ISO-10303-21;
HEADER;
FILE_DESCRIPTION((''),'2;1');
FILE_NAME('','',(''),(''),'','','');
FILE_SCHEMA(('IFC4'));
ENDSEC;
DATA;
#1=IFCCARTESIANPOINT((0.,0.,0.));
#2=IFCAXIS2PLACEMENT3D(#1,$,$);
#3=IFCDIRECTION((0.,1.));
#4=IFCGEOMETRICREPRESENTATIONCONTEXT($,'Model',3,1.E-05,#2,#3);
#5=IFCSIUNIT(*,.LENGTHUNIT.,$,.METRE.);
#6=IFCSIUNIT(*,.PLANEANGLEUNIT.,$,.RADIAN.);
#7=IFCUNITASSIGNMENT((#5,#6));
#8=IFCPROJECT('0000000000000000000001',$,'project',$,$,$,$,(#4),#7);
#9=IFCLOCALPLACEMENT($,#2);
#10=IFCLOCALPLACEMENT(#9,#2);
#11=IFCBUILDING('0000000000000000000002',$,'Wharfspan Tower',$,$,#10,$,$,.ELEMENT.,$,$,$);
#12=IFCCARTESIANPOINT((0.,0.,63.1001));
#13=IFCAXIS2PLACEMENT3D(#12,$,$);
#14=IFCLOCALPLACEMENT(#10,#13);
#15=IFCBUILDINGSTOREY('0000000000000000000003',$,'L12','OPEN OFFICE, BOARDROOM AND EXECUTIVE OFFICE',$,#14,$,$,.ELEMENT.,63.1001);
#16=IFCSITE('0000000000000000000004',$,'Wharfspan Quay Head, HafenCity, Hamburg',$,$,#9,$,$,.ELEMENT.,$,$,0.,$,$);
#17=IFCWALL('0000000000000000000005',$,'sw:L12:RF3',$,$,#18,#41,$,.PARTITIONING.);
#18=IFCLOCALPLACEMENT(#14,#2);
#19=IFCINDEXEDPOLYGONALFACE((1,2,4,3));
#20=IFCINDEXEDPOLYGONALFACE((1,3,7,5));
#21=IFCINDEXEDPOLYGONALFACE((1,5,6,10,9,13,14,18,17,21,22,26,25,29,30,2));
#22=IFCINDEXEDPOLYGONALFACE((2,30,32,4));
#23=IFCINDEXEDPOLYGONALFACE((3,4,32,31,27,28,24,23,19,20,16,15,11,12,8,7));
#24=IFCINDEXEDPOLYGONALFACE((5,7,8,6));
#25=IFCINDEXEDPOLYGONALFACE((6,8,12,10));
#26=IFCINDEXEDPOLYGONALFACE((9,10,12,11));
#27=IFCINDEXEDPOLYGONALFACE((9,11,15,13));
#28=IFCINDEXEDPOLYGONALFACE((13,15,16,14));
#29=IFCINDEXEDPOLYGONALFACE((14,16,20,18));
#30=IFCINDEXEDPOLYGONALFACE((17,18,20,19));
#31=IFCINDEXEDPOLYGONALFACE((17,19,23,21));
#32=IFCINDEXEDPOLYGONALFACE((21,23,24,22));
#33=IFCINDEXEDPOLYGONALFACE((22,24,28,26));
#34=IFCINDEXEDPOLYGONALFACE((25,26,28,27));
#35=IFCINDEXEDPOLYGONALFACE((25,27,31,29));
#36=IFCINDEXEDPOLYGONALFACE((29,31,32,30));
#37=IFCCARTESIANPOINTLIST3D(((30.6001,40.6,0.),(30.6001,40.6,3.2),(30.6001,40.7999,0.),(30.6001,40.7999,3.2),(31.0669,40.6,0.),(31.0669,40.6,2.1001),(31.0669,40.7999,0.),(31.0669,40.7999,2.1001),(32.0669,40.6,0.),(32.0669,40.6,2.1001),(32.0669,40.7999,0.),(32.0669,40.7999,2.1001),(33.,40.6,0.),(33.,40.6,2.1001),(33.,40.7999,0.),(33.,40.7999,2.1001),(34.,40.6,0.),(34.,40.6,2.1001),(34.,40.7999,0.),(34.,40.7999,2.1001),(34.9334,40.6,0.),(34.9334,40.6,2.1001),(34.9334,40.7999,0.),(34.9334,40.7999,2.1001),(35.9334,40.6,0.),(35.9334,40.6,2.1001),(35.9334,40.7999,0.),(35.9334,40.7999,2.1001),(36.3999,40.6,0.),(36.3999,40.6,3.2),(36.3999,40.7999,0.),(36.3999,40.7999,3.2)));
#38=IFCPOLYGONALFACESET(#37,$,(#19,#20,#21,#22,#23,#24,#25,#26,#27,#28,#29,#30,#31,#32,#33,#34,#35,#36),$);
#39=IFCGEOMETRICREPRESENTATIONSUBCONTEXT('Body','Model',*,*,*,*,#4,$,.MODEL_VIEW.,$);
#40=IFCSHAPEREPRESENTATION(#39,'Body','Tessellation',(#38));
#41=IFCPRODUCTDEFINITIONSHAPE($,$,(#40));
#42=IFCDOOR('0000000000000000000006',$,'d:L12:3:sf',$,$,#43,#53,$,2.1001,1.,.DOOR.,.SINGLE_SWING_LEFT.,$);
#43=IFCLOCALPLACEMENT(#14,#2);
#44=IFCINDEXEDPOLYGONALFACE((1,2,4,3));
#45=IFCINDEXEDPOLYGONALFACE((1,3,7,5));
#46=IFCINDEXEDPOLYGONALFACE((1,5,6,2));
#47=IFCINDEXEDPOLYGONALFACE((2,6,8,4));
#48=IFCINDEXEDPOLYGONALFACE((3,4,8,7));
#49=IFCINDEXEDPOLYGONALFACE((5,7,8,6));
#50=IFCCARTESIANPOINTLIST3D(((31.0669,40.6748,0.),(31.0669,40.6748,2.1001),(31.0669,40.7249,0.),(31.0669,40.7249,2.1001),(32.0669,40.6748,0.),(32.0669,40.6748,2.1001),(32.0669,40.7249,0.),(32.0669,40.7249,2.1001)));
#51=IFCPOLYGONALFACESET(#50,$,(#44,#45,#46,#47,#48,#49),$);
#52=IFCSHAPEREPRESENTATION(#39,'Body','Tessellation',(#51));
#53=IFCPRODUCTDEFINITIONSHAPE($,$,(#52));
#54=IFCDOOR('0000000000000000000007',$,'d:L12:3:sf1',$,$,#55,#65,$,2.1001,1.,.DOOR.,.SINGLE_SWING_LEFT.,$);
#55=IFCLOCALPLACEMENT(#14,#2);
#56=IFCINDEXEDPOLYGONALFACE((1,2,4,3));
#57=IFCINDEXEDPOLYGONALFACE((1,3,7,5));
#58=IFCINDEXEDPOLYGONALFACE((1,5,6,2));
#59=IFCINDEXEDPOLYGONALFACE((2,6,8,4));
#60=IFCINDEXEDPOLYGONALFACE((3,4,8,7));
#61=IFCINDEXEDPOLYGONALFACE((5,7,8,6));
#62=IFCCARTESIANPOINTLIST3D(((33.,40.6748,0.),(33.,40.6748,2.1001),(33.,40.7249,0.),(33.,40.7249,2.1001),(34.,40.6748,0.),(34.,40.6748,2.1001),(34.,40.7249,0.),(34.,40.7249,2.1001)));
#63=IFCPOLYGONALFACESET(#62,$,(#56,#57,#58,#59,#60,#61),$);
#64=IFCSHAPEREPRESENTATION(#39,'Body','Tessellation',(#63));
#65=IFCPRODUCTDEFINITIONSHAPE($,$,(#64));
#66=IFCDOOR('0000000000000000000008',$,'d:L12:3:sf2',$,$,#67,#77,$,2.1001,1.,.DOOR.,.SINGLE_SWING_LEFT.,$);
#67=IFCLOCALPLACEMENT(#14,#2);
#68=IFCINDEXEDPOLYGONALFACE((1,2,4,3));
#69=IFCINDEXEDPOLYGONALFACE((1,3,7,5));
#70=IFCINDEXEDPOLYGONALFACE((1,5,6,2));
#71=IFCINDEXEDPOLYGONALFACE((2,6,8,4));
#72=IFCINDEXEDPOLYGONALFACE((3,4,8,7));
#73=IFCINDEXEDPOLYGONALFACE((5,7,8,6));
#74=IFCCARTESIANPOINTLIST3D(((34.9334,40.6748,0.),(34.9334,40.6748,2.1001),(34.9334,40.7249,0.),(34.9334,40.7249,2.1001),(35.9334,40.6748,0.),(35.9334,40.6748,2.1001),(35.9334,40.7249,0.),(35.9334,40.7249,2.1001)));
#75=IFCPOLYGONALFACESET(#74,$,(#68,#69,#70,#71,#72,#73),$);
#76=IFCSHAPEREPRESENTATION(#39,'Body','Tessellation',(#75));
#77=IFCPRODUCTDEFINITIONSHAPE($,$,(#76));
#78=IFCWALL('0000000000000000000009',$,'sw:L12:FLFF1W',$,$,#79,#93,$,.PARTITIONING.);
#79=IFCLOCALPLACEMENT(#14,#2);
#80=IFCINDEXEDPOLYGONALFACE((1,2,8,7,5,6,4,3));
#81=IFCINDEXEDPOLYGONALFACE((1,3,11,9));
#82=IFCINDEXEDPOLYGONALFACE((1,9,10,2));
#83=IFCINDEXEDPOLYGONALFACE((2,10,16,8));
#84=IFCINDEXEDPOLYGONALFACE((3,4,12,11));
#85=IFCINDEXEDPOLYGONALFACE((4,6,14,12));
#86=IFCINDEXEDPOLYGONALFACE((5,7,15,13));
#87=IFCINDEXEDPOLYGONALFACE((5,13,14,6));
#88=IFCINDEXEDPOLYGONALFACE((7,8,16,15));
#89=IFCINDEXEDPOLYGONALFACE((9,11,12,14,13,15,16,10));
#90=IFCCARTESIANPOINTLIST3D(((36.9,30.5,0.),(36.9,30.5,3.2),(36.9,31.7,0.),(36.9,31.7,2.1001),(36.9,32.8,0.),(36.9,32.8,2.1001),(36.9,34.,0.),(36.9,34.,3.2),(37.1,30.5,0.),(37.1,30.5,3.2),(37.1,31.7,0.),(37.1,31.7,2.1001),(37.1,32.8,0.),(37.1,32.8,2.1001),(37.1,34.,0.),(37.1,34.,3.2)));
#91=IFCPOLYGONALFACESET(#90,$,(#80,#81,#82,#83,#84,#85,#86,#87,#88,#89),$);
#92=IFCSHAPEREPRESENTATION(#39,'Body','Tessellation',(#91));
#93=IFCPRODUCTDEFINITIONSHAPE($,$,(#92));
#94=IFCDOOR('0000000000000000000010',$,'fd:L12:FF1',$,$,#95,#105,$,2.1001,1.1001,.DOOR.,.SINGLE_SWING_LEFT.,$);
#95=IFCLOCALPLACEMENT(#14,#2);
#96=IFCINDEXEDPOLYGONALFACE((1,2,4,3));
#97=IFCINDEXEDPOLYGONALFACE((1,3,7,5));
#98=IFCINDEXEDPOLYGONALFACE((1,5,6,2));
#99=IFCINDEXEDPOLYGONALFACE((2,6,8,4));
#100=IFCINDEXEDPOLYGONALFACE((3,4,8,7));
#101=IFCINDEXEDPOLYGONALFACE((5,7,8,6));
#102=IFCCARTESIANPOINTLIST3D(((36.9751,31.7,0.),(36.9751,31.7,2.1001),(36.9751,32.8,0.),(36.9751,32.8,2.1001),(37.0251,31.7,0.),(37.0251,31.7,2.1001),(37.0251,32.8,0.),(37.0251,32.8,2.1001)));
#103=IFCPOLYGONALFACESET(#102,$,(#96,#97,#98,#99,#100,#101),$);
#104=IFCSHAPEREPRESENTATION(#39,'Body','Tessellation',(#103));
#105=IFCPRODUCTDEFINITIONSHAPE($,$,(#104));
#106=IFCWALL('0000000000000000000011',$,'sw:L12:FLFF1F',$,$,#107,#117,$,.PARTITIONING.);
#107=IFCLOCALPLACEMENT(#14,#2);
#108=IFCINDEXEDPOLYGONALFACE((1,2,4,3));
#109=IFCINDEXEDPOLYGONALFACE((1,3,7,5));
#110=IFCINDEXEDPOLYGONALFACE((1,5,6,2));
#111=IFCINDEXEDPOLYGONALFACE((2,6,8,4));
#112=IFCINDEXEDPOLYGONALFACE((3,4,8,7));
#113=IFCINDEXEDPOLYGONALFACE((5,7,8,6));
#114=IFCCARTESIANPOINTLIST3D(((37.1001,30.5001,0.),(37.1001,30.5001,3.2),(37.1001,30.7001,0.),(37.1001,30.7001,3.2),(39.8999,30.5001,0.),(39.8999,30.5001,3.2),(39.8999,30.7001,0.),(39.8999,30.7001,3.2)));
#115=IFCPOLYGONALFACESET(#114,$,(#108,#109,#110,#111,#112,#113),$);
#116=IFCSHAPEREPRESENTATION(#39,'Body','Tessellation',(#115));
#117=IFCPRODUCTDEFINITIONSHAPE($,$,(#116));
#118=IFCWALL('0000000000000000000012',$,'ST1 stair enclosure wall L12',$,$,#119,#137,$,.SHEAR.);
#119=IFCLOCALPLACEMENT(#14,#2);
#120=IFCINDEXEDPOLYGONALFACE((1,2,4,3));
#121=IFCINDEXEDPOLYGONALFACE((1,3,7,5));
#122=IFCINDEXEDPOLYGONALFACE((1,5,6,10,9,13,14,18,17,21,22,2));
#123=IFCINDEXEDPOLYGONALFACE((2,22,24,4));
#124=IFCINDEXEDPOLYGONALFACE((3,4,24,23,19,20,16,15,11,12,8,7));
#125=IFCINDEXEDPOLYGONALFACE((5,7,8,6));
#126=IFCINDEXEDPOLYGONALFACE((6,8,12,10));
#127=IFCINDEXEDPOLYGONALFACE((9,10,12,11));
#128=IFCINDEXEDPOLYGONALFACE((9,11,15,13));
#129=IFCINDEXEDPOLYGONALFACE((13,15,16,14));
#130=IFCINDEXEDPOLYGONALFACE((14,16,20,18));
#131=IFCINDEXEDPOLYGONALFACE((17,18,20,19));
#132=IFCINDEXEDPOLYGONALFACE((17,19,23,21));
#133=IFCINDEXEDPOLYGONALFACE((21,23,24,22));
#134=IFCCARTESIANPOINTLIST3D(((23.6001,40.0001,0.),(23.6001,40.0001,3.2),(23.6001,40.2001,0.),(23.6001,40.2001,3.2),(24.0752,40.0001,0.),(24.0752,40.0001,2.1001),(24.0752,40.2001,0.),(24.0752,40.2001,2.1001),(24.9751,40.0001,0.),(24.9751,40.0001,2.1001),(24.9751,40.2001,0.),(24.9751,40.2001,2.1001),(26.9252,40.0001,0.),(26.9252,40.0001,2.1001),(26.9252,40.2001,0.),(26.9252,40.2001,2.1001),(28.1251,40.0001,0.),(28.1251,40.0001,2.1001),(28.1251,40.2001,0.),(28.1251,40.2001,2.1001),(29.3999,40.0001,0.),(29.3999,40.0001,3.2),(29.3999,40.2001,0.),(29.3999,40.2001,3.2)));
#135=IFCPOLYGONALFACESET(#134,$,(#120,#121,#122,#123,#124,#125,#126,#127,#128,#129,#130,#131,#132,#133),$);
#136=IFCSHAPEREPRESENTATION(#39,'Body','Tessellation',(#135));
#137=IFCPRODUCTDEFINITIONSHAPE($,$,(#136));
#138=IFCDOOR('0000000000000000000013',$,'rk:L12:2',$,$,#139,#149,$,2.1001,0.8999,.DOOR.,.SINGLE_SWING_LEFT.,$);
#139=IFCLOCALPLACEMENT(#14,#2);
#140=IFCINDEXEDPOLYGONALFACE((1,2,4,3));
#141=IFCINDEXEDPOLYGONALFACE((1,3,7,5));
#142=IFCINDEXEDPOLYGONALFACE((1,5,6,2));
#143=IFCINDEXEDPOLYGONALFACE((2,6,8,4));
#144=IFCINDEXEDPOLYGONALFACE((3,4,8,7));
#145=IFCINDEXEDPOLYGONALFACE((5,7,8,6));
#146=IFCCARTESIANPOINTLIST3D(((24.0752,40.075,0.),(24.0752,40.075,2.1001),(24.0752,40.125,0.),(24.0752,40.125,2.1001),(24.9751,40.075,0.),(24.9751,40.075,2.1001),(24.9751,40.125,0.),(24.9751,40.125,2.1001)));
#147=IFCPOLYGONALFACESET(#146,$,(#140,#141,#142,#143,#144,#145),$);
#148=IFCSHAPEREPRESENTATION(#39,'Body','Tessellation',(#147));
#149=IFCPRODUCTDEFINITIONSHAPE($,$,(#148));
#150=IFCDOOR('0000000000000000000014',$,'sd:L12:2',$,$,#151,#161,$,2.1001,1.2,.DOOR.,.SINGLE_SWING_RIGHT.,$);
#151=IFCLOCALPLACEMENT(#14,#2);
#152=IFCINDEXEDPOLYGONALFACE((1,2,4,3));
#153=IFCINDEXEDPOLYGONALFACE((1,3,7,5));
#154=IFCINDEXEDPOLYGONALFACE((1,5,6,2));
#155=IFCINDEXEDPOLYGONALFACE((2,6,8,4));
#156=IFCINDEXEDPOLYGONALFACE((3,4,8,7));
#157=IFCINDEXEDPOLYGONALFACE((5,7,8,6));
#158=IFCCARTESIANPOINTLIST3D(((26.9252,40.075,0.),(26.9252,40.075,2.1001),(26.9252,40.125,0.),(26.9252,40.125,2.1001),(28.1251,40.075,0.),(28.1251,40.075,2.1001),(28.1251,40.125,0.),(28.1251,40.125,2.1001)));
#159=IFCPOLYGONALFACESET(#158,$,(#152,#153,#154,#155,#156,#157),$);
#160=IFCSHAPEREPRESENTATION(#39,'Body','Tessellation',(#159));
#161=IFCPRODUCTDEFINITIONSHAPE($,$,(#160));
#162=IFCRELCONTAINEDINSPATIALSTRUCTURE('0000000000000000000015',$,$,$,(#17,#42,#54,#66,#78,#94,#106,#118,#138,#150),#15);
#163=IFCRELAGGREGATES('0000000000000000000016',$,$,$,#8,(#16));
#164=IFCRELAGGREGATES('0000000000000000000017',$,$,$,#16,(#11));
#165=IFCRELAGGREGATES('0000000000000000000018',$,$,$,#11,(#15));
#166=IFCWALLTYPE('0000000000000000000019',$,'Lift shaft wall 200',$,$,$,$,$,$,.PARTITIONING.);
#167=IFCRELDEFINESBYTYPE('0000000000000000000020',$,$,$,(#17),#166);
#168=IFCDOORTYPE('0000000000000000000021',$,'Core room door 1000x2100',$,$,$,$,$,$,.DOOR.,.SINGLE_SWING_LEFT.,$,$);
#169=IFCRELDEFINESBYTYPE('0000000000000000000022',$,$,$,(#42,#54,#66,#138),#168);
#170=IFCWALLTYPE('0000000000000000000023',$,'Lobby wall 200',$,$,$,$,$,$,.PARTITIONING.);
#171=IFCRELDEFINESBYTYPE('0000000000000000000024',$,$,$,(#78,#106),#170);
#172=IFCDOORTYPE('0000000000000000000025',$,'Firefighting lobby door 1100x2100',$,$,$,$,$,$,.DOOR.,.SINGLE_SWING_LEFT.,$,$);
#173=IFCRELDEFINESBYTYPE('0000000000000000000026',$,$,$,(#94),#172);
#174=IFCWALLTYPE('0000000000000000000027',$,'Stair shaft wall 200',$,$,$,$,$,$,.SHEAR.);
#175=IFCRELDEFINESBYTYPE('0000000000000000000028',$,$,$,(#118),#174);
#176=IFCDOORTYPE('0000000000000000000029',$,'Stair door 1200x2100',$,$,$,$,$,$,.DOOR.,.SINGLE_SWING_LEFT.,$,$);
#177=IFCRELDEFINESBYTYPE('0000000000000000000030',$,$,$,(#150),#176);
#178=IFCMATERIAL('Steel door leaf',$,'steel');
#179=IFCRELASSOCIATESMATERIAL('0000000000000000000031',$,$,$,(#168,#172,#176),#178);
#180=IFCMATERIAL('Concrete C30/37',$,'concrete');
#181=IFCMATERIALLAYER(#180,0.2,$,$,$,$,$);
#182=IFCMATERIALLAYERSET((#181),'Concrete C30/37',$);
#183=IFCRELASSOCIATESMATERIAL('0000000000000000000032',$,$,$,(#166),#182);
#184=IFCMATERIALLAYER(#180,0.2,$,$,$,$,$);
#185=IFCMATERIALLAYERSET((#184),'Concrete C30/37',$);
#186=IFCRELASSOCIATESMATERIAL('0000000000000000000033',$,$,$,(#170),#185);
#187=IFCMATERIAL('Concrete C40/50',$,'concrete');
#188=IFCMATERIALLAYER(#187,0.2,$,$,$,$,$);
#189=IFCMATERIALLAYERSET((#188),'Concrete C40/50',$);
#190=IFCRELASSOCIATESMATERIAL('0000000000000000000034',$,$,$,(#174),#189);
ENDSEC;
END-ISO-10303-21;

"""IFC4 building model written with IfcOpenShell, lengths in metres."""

from ifc_helpers import new_model, si_unit, direction, frame, frame_2d, origin, place, context, subcontext, project, spatial, rectangle, extrude, material, layer, layer_set, type_object, element, fill, save


model = new_model("IFC4")

# Units and contexts
model_context = context("Model", 3, precision=1e-05, world=origin(), true_north=direction((0.0, 1.0)))
body_context = subcontext(model_context, "Body", "Model", "MODEL_VIEW")
ifc_project = project(units=[si_unit("LENGTHUNIT", "METRE"), si_unit("PLANEANGLEUNIT", "RADIAN")], contexts=[model_context])

# Site, building, storey
site_placement = place(None, origin())
site = spatial("IfcSite", under=ifc_project, at=site_placement, Name="Wharfspan Quay Head, HafenCity, Hamburg", CompositionType="ELEMENT", RefElevation=0.0)
building_placement = place(site_placement, origin())
building = spatial("IfcBuilding", under=site, at=building_placement, Name="Wharfspan Tower", CompositionType="ELEMENT")
storey_placement = place(building_placement, frame((0.0, 0.0, 63.1001)))
storey = spatial("IfcBuildingStorey", under=building, at=storey_placement, Name="L12", Description="OPEN OFFICE, BOARDROOM AND EXECUTIVE OFFICE", CompositionType="ELEMENT", Elevation=63.1001)

# Shared definitions
ifc_material_1 = material(Name="Steel door leaf", Category="steel")
door_type_1 = type_object("IfcDoorType", Name="Core room door 1000x2100", OperationType="SINGLE_SWING_LEFT", PredefinedType="DOOR", material=ifc_material_1)

# Wall, openings, doors
ifc_material_2 = material(Name="Concrete C30/37", Category="concrete")
ifc_layer_1 = layer(ifc_material_2, 0.2)
ifc_layer_set_1 = layer_set([ifc_layer_1], Name="Concrete C30/37")
wall_type_1 = type_object("IfcWallType", Name="Lift shaft wall 200", PredefinedType="PARTITIONING", material=ifc_layer_set_1)
wall_1_placement = place(storey_placement, frame((30.6001, 40.7, 0.0), z_axis=(0.0, 0.0, 1.0), x_axis=(1.0, 0.0, 0.0)))
wall_1 = element("IfcWall", 1, at=wall_1_placement, inside=storey, type_object=wall_type_1, Name="sw:L12:RF3", PredefinedType="PARTITIONING", context=body_context, shape_type="SweptSolid", body=[
    extrude(rectangle(XDim=5.7998, YDim=0.2, at=frame_2d((2.8999, 0.0))), origin(), (0.0, 0.0, 1.0), 3.2),
])
opening_1_placement = place(wall_1_placement, frame((0.4668, 0.0, 0.0)))
opening_1 = element("IfcOpeningElement", 2, at=opening_1_placement, cuts=wall_1, PredefinedType="OPENING", context=body_context, shape_type="SweptSolid", body=[
    extrude(rectangle(XDim=1.0, YDim=2.1001, at=frame_2d((0.5, 1.05))), frame((0.0, 0.1099, 0.0), z_axis=(0.0, -1.0, 0.0), x_axis=(1.0, 0.0, 0.0)), (0.0, 0.0, 1.0), 0.22),
])
opening_2_placement = place(wall_1_placement, frame((2.3999, 0.0, 0.0)))
opening_2 = element("IfcOpeningElement", 3, at=opening_2_placement, cuts=wall_1, PredefinedType="OPENING", context=body_context, shape_type="SweptSolid", body=[
    extrude(rectangle(XDim=1.0, YDim=2.1001, at=frame_2d((0.5, 1.05))), frame((0.0, 0.1099, 0.0), z_axis=(0.0, -1.0, 0.0), x_axis=(1.0, 0.0, 0.0)), (0.0, 0.0, 1.0), 0.22),
])
opening_3_placement = place(wall_1_placement, frame((4.3333, 0.0, 0.0)))
opening_3 = element("IfcOpeningElement", 4, at=opening_3_placement, cuts=wall_1, PredefinedType="OPENING", context=body_context, shape_type="SweptSolid", body=[
    extrude(rectangle(XDim=1.0, YDim=2.1001, at=frame_2d((0.5, 1.05))), frame((0.0, 0.1099, 0.0), z_axis=(0.0, -1.0, 0.0), x_axis=(1.0, 0.0, 0.0)), (0.0, 0.0, 1.0), 0.22),
])
door_1_placement = place(opening_1_placement, origin())
door_1 = element("IfcDoor", 5, at=door_1_placement, inside=storey, type_object=door_type_1, Name="d:L12:3:sf", OperationType="SINGLE_SWING_LEFT", OverallHeight=2.1001, OverallWidth=1.0, PredefinedType="DOOR", context=body_context, shape_type="SweptSolid", body=[
    extrude(rectangle(XDim=1.0, YDim=2.1001, at=frame_2d((0.5, 1.05))), frame((0.0, 0.0249, 0.0), z_axis=(0.0, -1.0, 0.0), x_axis=(1.0, 0.0, 0.0)), (0.0, 0.0, 1.0), 0.05),
])
fill(opening_1, door_1)
door_2_placement = place(opening_2_placement, origin())
door_2 = element("IfcDoor", 6, at=door_2_placement, inside=storey, type_object=door_type_1, Name="d:L12:3:sf1", OperationType="SINGLE_SWING_LEFT", OverallHeight=2.1001, OverallWidth=1.0, PredefinedType="DOOR", context=body_context, shape_type="SweptSolid", body=[
    extrude(rectangle(XDim=1.0, YDim=2.1001, at=frame_2d((0.5, 1.05))), frame((0.0, 0.0249, 0.0), z_axis=(0.0, -1.0, 0.0), x_axis=(1.0, 0.0, 0.0)), (0.0, 0.0, 1.0), 0.05),
])
fill(opening_2, door_2)
door_3_placement = place(opening_3_placement, origin())
door_3 = element("IfcDoor", 7, at=door_3_placement, inside=storey, type_object=door_type_1, Name="d:L12:3:sf2", OperationType="SINGLE_SWING_LEFT", OverallHeight=2.1001, OverallWidth=1.0, PredefinedType="DOOR", context=body_context, shape_type="SweptSolid", body=[
    extrude(rectangle(XDim=1.0, YDim=2.1001, at=frame_2d((0.5, 1.05))), frame((0.0, 0.0249, 0.0), z_axis=(0.0, -1.0, 0.0), x_axis=(1.0, 0.0, 0.0)), (0.0, 0.0, 1.0), 0.05),
])
fill(opening_3, door_3)

# Wall, opening, door
ifc_layer_2 = layer(ifc_material_2, 0.2)
ifc_layer_set_2 = layer_set([ifc_layer_2], Name="Concrete C30/37")
wall_type_2 = type_object("IfcWallType", Name="Lobby wall 200", PredefinedType="PARTITIONING", material=ifc_layer_set_2)
wall_2_placement = place(storey_placement, frame((37.0, 30.5, 0.0), z_axis=(0.0, 0.0, 1.0), x_axis=(0.0, 1.0, 0.0)))
wall_2 = element("IfcWall", 8, at=wall_2_placement, inside=storey, type_object=wall_type_2, Name="sw:L12:FLFF1W", PredefinedType="PARTITIONING", context=body_context, shape_type="SweptSolid", body=[
    extrude(rectangle(XDim=3.5, YDim=0.2, at=frame_2d((1.75, 0.0))), origin(), (0.0, 0.0, 1.0), 3.2),
])
opening_4_placement = place(wall_2_placement, frame((1.2, 0.0, 0.0)))
opening_4 = element("IfcOpeningElement", 9, at=opening_4_placement, cuts=wall_2, PredefinedType="OPENING", context=body_context, shape_type="SweptSolid", body=[
    extrude(rectangle(XDim=1.1001, YDim=2.1001, at=frame_2d((0.55, 1.05))), frame((0.0, 0.1099, 0.0), z_axis=(0.0, -1.0, 0.0), x_axis=(1.0, 0.0, 0.0)), (0.0, 0.0, 1.0), 0.22),
])
door_type_2 = type_object("IfcDoorType", Name="Firefighting lobby door 1100x2100", OperationType="SINGLE_SWING_LEFT", PredefinedType="DOOR", material=ifc_material_1)
door_4_placement = place(opening_4_placement, origin())
door_4 = element("IfcDoor", 10, at=door_4_placement, inside=storey, type_object=door_type_2, Name="fd:L12:FF1", OperationType="SINGLE_SWING_LEFT", OverallHeight=2.1001, OverallWidth=1.1001, PredefinedType="DOOR", context=body_context, shape_type="SweptSolid", body=[
    extrude(rectangle(XDim=1.1001, YDim=2.1001, at=frame_2d((0.55, 1.05))), frame((0.0, 0.0249, 0.0), z_axis=(0.0, -1.0, 0.0), x_axis=(1.0, 0.0, 0.0)), (0.0, 0.0, 1.0), 0.05),
])
fill(opening_4, door_4)

# Wall
wall_3_placement = place(storey_placement, frame((37.1001, 30.6001, 0.0), z_axis=(0.0, 0.0, 1.0), x_axis=(1.0, 0.0, 0.0)))
element("IfcWall", 11, at=wall_3_placement, inside=storey, type_object=wall_type_2, Name="sw:L12:FLFF1F", PredefinedType="PARTITIONING", context=body_context, shape_type="SweptSolid", body=[
    extrude(rectangle(XDim=2.7998, YDim=0.2, at=frame_2d((1.3999, 0.0))), origin(), (0.0, 0.0, 1.0), 3.2),
])

# Wall, openings, doors
ifc_material_3 = material(Name="Concrete C40/50", Category="concrete")
ifc_layer_3 = layer(ifc_material_3, 0.2)
ifc_layer_set_3 = layer_set([ifc_layer_3], Name="Concrete C40/50")
wall_type_3 = type_object("IfcWallType", Name="Stair shaft wall 200", PredefinedType="SHEAR", material=ifc_layer_set_3)
wall_4_placement = place(storey_placement, frame((23.6001, 40.1001, 0.0), z_axis=(0.0, 0.0, 1.0), x_axis=(1.0, 0.0, 0.0)))
wall_4 = element("IfcWall", 12, at=wall_4_placement, inside=storey, type_object=wall_type_3, Name="ST1 stair enclosure wall L12", PredefinedType="SHEAR", context=body_context, shape_type="SweptSolid", body=[
    extrude(rectangle(XDim=5.7998, YDim=0.2, at=frame_2d((2.8999, 0.0))), origin(), (0.0, 0.0, 1.0), 3.2),
])
opening_5_placement = place(wall_4_placement, frame((3.325, 0.0, 0.0)))
opening_5 = element("IfcOpeningElement", 13, at=opening_5_placement, cuts=wall_4, PredefinedType="OPENING", context=body_context, shape_type="SweptSolid", body=[
    extrude(rectangle(XDim=1.2, YDim=2.1001, at=frame_2d((0.6001, 1.05))), frame((0.0, 0.1099, 0.0), z_axis=(0.0, -1.0, 0.0), x_axis=(1.0, 0.0, 0.0)), (0.0, 0.0, 1.0), 0.22),
])
opening_6_placement = place(wall_4_placement, frame((0.4751, 0.0, 0.0)))
opening_6 = element("IfcOpeningElement", 14, at=opening_6_placement, cuts=wall_4, PredefinedType="OPENING", context=body_context, shape_type="SweptSolid", body=[
    extrude(rectangle(XDim=0.8999, YDim=2.1001, at=frame_2d((0.45, 1.05))), frame((0.0, 0.1099, 0.0), z_axis=(0.0, -1.0, 0.0), x_axis=(1.0, 0.0, 0.0)), (0.0, 0.0, 1.0), 0.22),
])
door_5_placement = place(opening_6_placement, origin())
door_5 = element("IfcDoor", 15, at=door_5_placement, inside=storey, type_object=door_type_1, Name="rk:L12:2", OperationType="SINGLE_SWING_LEFT", OverallHeight=2.1001, OverallWidth=0.8999, PredefinedType="DOOR", context=body_context, shape_type="SweptSolid", body=[
    extrude(rectangle(XDim=0.8999, YDim=2.1001, at=frame_2d((0.45, 1.05))), frame((0.0, 0.0249, 0.0), z_axis=(0.0, -1.0, 0.0), x_axis=(1.0, 0.0, 0.0)), (0.0, 0.0, 1.0), 0.05),
])
fill(opening_6, door_5)
door_type_3 = type_object("IfcDoorType", Name="Stair door 1200x2100", OperationType="SINGLE_SWING_LEFT", PredefinedType="DOOR", material=ifc_material_1)
door_6_placement = place(opening_5_placement, origin())
door_6 = element("IfcDoor", 16, at=door_6_placement, inside=storey, type_object=door_type_3, Name="sd:L12:2", OperationType="SINGLE_SWING_RIGHT", OverallHeight=2.1001, OverallWidth=1.2, PredefinedType="DOOR", context=body_context, shape_type="SweptSolid", body=[
    extrude(rectangle(XDim=1.2, YDim=2.1001, at=frame_2d((0.6001, 1.05))), frame((0.0, 0.0249, 0.0), z_axis=(0.0, -1.0, 0.0), x_axis=(1.0, 0.0, 0.0)), (0.0, 0.0, 1.0), 0.05),
])
fill(opening_5, door_6)

save(model, "model.ifc")
